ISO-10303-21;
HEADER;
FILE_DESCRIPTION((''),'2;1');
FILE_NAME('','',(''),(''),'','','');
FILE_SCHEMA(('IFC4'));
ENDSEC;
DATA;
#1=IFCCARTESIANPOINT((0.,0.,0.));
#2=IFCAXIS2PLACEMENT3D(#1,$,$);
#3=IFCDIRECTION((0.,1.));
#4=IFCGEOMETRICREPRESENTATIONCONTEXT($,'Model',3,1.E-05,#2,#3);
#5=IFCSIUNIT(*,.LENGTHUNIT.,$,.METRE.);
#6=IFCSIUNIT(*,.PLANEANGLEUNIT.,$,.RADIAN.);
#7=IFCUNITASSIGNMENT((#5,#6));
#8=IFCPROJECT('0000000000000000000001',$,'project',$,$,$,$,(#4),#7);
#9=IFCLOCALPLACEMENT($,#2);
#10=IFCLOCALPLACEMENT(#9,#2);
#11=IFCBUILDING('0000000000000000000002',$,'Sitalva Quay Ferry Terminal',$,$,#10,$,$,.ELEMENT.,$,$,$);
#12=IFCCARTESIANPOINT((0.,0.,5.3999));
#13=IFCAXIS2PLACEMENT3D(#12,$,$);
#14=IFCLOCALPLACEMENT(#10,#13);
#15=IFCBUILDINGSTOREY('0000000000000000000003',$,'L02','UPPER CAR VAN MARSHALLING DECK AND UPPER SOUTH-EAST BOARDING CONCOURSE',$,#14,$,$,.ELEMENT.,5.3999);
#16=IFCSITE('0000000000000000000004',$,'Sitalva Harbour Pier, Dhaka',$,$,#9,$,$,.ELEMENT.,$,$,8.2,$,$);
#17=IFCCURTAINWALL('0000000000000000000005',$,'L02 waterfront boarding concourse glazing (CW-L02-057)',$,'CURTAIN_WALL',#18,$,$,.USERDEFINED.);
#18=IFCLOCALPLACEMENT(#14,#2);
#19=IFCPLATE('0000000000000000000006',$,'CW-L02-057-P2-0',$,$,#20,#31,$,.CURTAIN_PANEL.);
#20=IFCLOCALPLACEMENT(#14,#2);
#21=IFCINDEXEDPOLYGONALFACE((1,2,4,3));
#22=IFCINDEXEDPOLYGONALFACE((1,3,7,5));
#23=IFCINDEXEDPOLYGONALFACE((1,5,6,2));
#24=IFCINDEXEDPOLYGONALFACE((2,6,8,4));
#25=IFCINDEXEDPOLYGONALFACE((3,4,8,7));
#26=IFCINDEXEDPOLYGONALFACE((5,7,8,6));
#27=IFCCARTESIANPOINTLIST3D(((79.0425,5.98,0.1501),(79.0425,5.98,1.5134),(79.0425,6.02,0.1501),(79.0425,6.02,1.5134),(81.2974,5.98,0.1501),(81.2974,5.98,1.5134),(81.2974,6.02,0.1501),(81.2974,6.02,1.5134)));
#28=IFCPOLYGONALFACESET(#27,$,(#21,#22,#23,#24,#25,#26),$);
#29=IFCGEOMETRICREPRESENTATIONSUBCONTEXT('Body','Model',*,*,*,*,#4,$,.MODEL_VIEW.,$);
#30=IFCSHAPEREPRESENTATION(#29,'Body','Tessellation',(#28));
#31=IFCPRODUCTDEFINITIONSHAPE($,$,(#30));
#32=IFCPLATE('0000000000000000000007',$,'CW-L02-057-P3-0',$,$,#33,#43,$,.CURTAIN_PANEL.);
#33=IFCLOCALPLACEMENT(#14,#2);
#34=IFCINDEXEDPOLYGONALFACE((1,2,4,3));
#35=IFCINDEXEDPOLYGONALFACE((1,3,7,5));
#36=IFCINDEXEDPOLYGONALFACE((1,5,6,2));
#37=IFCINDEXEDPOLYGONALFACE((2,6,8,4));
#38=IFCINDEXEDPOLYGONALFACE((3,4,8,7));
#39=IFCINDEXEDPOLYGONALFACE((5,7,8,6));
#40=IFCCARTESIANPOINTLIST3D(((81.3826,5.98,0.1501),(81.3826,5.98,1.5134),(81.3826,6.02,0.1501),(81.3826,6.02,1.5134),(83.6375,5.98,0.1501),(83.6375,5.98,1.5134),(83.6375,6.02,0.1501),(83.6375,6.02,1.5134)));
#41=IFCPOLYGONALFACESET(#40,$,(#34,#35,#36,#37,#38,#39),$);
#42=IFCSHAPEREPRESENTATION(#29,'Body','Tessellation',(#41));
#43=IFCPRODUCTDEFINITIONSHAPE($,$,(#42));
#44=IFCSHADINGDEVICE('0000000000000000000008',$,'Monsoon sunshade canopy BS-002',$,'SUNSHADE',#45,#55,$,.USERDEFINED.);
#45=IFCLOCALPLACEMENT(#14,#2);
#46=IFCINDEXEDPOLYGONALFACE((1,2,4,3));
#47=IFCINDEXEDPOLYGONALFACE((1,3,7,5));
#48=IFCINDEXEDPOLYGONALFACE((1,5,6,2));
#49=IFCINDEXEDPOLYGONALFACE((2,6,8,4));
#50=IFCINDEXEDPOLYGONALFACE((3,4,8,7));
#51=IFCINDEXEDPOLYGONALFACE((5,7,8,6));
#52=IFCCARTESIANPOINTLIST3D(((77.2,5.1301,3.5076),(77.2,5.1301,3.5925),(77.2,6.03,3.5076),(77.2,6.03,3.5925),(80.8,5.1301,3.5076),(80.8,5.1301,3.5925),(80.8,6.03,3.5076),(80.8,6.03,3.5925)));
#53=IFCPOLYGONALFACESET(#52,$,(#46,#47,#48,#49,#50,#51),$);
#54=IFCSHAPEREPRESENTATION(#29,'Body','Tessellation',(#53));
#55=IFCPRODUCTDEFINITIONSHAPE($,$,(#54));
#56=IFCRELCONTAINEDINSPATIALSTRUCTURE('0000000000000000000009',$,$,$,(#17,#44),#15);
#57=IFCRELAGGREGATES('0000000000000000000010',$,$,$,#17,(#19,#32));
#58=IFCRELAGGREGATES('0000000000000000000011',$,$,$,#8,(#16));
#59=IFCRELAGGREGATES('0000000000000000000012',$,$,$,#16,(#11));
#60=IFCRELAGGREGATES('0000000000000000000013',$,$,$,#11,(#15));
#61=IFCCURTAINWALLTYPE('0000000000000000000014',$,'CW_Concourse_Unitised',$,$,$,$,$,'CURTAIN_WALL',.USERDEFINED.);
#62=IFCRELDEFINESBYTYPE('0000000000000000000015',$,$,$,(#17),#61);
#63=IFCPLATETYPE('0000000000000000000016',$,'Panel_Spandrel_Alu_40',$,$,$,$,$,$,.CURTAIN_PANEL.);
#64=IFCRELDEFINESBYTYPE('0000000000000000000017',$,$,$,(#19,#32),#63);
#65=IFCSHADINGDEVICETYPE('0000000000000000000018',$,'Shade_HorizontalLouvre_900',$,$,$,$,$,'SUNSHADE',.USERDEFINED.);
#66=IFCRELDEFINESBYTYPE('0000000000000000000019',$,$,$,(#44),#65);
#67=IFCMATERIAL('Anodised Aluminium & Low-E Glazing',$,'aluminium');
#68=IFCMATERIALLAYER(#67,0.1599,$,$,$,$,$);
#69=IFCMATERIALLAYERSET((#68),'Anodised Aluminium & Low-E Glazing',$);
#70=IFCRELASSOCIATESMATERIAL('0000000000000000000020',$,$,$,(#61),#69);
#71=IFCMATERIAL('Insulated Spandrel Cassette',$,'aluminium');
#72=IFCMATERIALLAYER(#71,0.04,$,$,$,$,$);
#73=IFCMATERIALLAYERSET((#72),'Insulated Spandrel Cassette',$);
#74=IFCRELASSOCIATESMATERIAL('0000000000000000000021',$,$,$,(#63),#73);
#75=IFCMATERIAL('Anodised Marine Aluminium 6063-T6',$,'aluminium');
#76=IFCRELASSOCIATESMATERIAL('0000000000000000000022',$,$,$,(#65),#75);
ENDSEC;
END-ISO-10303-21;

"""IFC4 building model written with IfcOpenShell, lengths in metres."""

from ifc_helpers import new_model, si_unit, direction, frame, origin, origin_2d, place, context, subcontext, project, spatial, rectangle, extrude, material, layer, layer_set, type_object, element, aggregate, save


model = new_model("IFC4")

# Units and contexts
model_context = context("Model", 3, precision=1e-05, world=origin(), true_north=direction((0.0, 1.0)))
body_context = subcontext(model_context, "Body", "Model", "MODEL_VIEW")
ifc_project = project(units=[si_unit("LENGTHUNIT", "METRE"), si_unit("PLANEANGLEUNIT", "RADIAN")], contexts=[model_context])

# Site, building, storey
site_placement = place(None, origin())
site = spatial("IfcSite", under=ifc_project, at=site_placement, Name="Sitalva Harbour Pier, Dhaka", CompositionType="ELEMENT", RefElevation=8.2)
building_placement = place(site_placement, origin())
building = spatial("IfcBuilding", under=site, at=building_placement, Name="Sitalva Quay Ferry Terminal", CompositionType="ELEMENT")
storey_placement = place(building_placement, frame((0.0, 0.0, 5.3999)))
storey = spatial("IfcBuildingStorey", under=building, at=storey_placement, Name="L02", Description="UPPER CAR VAN MARSHALLING DECK AND UPPER SOUTH-EAST BOARDING CONCOURSE", CompositionType="ELEMENT", Elevation=5.3999)

# Curtain wall, plates
ifc_material_1 = material(Name="Anodised Aluminium & Low-E Glazing", Category="aluminium")
ifc_layer_1 = layer(ifc_material_1, 0.1599)
ifc_layer_set_1 = layer_set([ifc_layer_1], Name="Anodised Aluminium & Low-E Glazing")
curtain_wall_type = type_object("IfcCurtainWallType", Name="CW_Concourse_Unitised", ElementType="CURTAIN_WALL", PredefinedType="USERDEFINED", material=ifc_layer_set_1)
curtain_wall_placement = place(storey_placement, origin())
curtain_wall = element("IfcCurtainWall", 1, at=curtain_wall_placement, inside=storey, type_object=curtain_wall_type, Name="L02 waterfront boarding concourse glazing (CW-L02-057)", ObjectType="CURTAIN_WALL", PredefinedType="USERDEFINED")
ifc_material_2 = material(Name="Insulated Spandrel Cassette", Category="aluminium")
ifc_layer_2 = layer(ifc_material_2, 0.04)
ifc_layer_set_2 = layer_set([ifc_layer_2], Name="Insulated Spandrel Cassette")
plate_type_1 = type_object("IfcPlateType", Name="Panel_Spandrel_Alu_40", PredefinedType="CURTAIN_PANEL", material=ifc_layer_set_2)
plate_1_placement = place(storey_placement, frame((80.1699, 6.0, 0.1501), z_axis=(0.0, 0.0, 1.0), x_axis=(1.0, 0.0, 0.0)))
plate_1 = element("IfcPlate", 2, at=plate_1_placement, type_object=plate_type_1, Name="CW-L02-057-P2-0", PredefinedType="CURTAIN_PANEL", context=body_context, shape_type="SweptSolid", body=[
    extrude(rectangle(XDim=2.2549, YDim=0.04, at=origin_2d()), origin(), (0.0, 0.0, 1.0), 1.3633),
])
plate_2_placement = place(storey_placement, frame((82.51, 6.0, 0.1501), z_axis=(0.0, 0.0, 1.0), x_axis=(1.0, 0.0, 0.0)))
plate_2 = element("IfcPlate", 3, at=plate_2_placement, type_object=plate_type_1, Name="CW-L02-057-P3-0", PredefinedType="CURTAIN_PANEL", context=body_context, shape_type="SweptSolid", body=[
    extrude(rectangle(XDim=2.2549, YDim=0.04, at=origin_2d()), origin(), (0.0, 0.0, 1.0), 1.3633),
])
aggregate(curtain_wall, [plate_1, plate_2])

# Shading device
ifc_material_3 = material(Name="Anodised Marine Aluminium 6063-T6", Category="aluminium")
shading_device_type = type_object("IfcShadingDeviceType", Name="Shade_HorizontalLouvre_900", ElementType="SUNSHADE", PredefinedType="USERDEFINED", material=ifc_material_3)
shading_device_placement = place(storey_placement, frame((79.0, 5.5801, 3.5076), z_axis=(0.0, 0.0, 1.0), x_axis=(1.0, 0.0, 0.0)))
element("IfcShadingDevice", 4, at=shading_device_placement, inside=storey, type_object=shading_device_type, Name="Monsoon sunshade canopy BS-002", ObjectType="SUNSHADE", PredefinedType="USERDEFINED", context=body_context, shape_type="SweptSolid", body=[
    extrude(rectangle(XDim=3.6001, YDim=0.8999, at=origin_2d()), origin(), (0.0, 0.0, 1.0), 0.085),
])

save(model, "model.ifc")
